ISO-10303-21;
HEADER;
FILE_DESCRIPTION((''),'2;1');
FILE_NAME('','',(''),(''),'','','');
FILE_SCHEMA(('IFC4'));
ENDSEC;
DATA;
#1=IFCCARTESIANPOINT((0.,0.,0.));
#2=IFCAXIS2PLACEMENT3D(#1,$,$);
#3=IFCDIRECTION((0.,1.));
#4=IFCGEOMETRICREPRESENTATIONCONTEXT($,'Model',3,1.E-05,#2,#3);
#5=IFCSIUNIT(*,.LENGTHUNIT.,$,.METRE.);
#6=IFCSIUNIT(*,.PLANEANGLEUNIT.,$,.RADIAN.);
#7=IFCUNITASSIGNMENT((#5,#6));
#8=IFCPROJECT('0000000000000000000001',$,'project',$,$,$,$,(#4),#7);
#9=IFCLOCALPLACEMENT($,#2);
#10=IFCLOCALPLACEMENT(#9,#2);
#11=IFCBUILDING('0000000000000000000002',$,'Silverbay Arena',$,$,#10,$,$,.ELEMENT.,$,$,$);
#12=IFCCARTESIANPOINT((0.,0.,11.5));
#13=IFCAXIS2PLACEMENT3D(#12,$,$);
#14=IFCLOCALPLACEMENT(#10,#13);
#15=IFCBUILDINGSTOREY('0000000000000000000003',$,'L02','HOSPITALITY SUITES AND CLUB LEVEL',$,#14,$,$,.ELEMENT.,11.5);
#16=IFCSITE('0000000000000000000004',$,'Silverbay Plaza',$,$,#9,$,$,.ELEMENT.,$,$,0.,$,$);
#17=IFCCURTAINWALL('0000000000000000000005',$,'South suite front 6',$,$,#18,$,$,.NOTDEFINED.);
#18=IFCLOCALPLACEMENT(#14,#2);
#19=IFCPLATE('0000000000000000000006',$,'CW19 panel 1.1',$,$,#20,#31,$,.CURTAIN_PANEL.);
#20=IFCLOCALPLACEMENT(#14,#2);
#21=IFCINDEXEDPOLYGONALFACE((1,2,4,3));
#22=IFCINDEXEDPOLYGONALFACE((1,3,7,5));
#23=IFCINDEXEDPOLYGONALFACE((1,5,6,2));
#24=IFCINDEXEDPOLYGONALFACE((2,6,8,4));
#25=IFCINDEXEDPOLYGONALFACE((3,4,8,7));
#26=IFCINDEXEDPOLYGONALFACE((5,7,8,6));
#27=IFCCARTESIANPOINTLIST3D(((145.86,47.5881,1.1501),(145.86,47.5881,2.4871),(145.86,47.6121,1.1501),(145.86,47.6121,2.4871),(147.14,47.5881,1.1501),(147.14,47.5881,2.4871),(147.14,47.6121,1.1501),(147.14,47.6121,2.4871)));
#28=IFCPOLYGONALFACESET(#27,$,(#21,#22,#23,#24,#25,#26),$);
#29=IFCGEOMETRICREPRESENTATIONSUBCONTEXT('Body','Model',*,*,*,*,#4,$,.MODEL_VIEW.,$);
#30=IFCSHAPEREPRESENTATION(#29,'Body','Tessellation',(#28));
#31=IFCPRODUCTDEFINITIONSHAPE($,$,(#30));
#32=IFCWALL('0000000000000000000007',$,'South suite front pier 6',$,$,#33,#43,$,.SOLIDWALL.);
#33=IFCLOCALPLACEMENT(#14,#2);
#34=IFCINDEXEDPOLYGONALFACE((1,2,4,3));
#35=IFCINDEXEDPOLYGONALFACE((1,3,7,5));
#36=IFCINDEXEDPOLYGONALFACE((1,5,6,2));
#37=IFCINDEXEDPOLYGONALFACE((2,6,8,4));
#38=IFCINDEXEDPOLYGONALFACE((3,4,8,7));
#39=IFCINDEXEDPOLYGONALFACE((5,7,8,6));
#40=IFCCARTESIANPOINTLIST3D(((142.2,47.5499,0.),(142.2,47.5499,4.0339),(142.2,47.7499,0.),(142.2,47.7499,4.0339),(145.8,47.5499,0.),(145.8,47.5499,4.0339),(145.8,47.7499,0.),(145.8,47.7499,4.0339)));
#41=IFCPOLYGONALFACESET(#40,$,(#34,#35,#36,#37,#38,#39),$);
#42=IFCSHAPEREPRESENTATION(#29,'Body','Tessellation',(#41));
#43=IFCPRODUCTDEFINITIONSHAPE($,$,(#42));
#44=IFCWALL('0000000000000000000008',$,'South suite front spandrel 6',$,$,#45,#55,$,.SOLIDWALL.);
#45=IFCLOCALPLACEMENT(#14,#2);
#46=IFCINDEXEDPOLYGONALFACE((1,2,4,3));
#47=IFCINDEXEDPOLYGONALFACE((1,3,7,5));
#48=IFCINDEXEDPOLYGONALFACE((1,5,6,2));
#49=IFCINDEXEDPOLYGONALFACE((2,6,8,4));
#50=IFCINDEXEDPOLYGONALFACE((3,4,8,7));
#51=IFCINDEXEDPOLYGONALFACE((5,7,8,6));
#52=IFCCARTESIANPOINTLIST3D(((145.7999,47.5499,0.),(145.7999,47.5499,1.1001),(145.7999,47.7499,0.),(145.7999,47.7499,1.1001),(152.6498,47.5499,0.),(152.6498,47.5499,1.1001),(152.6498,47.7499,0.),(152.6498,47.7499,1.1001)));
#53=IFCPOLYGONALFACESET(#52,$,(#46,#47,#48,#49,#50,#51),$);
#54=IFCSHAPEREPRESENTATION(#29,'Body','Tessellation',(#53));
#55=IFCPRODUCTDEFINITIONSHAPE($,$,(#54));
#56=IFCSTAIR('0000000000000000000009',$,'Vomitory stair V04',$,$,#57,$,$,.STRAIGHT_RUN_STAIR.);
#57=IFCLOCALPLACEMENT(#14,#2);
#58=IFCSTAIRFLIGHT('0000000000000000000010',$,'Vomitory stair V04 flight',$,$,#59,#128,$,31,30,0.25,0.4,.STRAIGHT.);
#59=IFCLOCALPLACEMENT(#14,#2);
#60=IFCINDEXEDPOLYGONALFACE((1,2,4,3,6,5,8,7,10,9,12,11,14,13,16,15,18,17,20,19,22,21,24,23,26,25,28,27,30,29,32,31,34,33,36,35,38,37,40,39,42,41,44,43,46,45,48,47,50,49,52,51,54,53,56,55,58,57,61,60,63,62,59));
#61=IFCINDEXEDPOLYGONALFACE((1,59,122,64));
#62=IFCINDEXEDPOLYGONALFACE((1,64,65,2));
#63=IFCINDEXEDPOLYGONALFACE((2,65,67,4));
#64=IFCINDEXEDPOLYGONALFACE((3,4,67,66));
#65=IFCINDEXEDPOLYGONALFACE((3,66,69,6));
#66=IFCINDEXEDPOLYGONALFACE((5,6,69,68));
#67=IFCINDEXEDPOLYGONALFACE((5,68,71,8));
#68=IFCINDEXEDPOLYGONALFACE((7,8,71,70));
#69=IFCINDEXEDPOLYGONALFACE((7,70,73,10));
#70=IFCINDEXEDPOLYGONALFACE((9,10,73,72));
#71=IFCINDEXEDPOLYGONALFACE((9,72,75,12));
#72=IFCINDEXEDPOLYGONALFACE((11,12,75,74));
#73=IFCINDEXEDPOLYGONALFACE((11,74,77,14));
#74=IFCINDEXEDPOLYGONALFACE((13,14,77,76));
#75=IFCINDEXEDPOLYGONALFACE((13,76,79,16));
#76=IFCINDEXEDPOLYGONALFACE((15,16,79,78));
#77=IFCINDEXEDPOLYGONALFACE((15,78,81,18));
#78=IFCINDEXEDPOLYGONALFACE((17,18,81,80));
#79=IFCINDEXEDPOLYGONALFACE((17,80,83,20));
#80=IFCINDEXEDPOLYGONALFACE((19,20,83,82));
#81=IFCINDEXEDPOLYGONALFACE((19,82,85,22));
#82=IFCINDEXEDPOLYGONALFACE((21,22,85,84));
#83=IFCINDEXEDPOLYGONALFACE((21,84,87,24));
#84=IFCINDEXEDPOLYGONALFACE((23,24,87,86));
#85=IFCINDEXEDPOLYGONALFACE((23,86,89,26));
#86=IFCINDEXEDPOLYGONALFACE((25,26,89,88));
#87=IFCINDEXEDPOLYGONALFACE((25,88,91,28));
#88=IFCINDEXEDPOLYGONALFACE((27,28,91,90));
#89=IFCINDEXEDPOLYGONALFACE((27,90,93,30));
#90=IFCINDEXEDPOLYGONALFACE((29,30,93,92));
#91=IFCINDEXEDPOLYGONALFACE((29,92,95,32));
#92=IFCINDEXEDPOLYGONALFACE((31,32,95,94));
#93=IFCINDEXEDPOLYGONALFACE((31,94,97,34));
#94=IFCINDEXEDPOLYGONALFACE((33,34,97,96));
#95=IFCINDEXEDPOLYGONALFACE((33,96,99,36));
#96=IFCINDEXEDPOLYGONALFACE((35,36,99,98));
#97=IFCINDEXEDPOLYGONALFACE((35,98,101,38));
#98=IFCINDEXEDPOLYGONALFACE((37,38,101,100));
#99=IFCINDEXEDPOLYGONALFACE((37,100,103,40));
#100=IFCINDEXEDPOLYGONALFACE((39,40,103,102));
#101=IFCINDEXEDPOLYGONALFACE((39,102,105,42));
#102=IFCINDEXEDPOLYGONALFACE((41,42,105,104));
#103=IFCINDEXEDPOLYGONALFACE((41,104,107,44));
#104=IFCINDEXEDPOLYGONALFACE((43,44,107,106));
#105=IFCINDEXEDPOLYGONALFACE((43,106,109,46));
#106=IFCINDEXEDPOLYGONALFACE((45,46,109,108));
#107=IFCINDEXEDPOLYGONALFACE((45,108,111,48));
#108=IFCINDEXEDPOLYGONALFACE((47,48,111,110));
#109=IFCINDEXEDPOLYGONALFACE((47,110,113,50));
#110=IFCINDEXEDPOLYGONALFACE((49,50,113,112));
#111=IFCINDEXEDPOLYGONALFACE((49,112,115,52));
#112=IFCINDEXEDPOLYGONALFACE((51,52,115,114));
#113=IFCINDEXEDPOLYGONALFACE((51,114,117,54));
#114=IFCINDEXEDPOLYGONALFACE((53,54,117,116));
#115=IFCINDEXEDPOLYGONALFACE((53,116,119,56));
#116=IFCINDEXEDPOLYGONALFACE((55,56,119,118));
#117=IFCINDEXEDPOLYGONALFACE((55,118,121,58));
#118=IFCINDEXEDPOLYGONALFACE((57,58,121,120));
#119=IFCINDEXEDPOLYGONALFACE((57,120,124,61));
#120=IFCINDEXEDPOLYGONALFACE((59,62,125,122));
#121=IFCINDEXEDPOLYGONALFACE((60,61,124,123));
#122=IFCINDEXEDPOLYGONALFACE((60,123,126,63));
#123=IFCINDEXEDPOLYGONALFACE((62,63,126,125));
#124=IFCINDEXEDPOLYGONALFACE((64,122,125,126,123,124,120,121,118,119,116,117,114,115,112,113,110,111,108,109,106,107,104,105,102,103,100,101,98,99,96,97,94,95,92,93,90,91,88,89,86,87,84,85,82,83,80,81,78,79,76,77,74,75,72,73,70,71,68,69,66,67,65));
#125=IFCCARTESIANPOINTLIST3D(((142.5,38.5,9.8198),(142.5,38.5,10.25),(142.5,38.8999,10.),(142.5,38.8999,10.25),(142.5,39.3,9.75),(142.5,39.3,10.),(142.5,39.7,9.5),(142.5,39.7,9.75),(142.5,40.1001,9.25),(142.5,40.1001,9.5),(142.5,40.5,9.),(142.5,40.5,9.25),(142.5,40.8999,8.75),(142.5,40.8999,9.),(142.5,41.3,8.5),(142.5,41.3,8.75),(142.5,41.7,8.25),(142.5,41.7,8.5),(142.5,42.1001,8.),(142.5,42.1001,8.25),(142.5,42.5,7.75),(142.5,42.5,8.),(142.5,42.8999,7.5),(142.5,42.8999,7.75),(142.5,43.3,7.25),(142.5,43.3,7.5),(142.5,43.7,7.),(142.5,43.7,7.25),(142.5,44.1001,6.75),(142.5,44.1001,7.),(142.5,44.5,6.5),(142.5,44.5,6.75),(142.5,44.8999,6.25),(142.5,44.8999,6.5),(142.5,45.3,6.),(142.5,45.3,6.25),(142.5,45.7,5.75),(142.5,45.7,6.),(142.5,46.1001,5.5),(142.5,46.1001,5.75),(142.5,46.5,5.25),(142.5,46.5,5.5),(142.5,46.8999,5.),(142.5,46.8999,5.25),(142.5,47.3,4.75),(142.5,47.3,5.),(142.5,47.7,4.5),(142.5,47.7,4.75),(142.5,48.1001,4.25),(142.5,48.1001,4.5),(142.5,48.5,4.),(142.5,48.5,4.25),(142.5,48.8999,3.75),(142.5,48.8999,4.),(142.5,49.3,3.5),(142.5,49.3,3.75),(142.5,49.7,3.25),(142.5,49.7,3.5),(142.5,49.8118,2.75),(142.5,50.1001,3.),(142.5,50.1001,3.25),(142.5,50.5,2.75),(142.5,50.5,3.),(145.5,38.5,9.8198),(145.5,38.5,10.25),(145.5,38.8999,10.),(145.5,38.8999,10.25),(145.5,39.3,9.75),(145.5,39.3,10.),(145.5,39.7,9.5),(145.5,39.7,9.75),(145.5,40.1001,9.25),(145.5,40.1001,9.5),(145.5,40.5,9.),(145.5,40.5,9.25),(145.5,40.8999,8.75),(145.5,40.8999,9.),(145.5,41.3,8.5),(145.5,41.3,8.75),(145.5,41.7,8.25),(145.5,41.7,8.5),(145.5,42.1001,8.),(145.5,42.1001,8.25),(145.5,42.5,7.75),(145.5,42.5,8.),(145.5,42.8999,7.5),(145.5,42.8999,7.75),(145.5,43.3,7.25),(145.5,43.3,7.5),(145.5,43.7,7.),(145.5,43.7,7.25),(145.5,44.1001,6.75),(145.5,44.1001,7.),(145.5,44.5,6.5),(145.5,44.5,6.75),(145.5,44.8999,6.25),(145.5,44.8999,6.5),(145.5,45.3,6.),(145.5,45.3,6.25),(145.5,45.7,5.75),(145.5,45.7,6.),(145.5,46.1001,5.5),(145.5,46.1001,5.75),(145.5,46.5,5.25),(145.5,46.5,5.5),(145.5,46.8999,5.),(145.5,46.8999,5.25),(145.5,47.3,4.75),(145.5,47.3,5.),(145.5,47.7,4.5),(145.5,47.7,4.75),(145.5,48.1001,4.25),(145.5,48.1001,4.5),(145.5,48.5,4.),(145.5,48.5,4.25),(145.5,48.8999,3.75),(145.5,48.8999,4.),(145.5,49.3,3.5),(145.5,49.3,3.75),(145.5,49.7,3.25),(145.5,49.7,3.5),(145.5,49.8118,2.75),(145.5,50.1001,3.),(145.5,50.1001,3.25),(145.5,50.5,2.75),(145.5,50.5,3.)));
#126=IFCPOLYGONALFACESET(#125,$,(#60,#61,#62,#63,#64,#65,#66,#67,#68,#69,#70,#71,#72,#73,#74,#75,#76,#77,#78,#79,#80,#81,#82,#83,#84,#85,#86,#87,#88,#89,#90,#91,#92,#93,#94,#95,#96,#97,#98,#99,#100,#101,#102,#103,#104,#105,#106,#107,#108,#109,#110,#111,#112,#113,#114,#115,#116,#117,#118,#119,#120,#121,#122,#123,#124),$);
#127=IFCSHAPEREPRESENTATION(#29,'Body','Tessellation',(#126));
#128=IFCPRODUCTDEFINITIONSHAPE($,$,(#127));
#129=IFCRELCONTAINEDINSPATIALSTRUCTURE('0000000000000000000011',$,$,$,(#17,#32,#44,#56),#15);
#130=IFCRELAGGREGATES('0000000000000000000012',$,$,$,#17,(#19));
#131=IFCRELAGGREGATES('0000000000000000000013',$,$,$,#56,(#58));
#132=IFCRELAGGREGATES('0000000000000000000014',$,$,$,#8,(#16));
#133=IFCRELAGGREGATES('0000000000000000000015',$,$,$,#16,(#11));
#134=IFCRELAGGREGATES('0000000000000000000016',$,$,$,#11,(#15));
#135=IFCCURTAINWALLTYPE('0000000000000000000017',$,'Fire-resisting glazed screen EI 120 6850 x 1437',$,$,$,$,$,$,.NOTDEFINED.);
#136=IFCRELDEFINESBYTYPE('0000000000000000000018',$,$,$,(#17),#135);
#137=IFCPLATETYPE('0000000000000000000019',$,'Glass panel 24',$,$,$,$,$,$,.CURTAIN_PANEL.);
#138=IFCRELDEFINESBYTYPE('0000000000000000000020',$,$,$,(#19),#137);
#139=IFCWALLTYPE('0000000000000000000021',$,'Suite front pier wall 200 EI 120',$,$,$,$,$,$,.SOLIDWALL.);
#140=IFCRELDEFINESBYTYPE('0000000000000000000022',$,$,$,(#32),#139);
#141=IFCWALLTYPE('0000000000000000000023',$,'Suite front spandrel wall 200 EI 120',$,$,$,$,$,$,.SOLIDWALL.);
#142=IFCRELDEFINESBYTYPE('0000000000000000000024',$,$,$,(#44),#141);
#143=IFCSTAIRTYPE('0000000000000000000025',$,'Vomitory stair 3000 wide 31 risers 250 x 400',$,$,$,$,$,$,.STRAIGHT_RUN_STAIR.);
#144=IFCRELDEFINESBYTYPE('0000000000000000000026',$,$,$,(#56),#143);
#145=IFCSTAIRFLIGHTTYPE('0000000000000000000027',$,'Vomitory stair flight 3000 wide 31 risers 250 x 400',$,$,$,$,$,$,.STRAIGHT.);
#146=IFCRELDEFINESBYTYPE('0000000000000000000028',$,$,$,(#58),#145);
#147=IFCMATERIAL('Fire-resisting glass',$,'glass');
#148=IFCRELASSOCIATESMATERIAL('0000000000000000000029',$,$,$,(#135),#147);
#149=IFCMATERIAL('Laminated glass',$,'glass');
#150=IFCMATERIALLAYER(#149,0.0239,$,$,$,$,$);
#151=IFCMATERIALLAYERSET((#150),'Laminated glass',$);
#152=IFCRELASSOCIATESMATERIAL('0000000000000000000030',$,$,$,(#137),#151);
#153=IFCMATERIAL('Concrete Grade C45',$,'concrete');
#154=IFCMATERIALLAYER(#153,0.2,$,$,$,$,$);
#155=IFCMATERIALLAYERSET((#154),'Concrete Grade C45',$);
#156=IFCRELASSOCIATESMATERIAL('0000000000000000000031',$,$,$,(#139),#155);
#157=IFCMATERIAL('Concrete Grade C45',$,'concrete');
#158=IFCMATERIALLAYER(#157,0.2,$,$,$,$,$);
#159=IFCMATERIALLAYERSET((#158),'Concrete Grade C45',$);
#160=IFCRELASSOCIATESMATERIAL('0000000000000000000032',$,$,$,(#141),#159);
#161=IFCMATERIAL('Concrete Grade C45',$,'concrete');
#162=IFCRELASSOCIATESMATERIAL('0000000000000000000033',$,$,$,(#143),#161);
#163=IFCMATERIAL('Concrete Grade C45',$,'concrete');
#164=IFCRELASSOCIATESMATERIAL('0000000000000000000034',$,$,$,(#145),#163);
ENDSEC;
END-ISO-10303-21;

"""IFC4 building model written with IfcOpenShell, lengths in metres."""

from ifc_helpers import new_model, si_unit, direction, frame, frame_2d, origin, origin_2d, place, context, subcontext, project, spatial, polyline, rectangle, outline, extrude, material, layer, layer_set, type_object, element, aggregate, save


model = new_model("IFC4")

# Units and contexts
model_context = context("Model", 3, precision=1e-05, world=origin(), true_north=direction((0.0, 1.0)))
body_context = subcontext(model_context, "Body", "Model", "MODEL_VIEW")
ifc_project = project(units=[si_unit("LENGTHUNIT", "METRE"), si_unit("PLANEANGLEUNIT", "RADIAN")], contexts=[model_context])

# Site, building, storey
site_placement = place(None, origin())
site = spatial("IfcSite", under=ifc_project, at=site_placement, Name="Silverbay Plaza", CompositionType="ELEMENT", RefElevation=0.0)
building_placement = place(site_placement, origin())
building = spatial("IfcBuilding", under=site, at=building_placement, Name="Silverbay Arena", CompositionType="ELEMENT")
storey_placement = place(building_placement, frame((0.0, 0.0, 11.5)))
storey = spatial("IfcBuildingStorey", under=building, at=storey_placement, Name="L02", Description="HOSPITALITY SUITES AND CLUB LEVEL", CompositionType="ELEMENT", Elevation=11.5)

# Curtain wall
ifc_material_1 = material(Name="Fire-resisting glass", Category="glass")
curtain_wall_type = type_object("IfcCurtainWallType", Name="Fire-resisting glazed screen EI 120 6850 x 1437", PredefinedType="NOTDEFINED", material=ifc_material_1)
curtain_wall_1_placement = place(storey_placement, origin())
curtain_wall_1 = element("IfcCurtainWall", 1, at=curtain_wall_1_placement, inside=storey, type_object=curtain_wall_type, Name="South suite front 6", PredefinedType="NOTDEFINED")

# Plate
ifc_material_2 = material(Name="Laminated glass", Category="glass")
ifc_layer_1 = layer(ifc_material_2, 0.0239)
ifc_layer_set_1 = layer_set([ifc_layer_1], Name="Laminated glass")
plate_type = type_object("IfcPlateType", Name="Glass panel 24", PredefinedType="CURTAIN_PANEL", material=ifc_layer_set_1)
plate_1_placement = place(storey_placement, frame((146.5, 47.6001, 1.1501), z_axis=(0.0, 0.0, 1.0), x_axis=(1.0, 0.0, 0.0)))
plate_1 = element("IfcPlate", 2, at=plate_1_placement, type_object=plate_type, Name="CW19 panel 1.1", PredefinedType="CURTAIN_PANEL", context=body_context, shape_type="SweptSolid", body=[
    extrude(rectangle(XDim=1.28, YDim=0.0239, at=origin_2d()), origin(), (0.0, 0.0, 1.0), 1.3369),
])
aggregate(curtain_wall_1, [plate_1])

# Walls
ifc_material_3 = material(Name="Concrete Grade C45", Category="concrete")
ifc_layer_2 = layer(ifc_material_3, 0.2)
ifc_layer_set_2 = layer_set([ifc_layer_2], Name="Concrete Grade C45")
wall_type_1 = type_object("IfcWallType", Name="Suite front pier wall 200 EI 120", PredefinedType="SOLIDWALL", material=ifc_layer_set_2)
wall_1_placement = place(storey_placement, frame((142.2, 47.6499, 0.0), z_axis=(0.0, 0.0, 1.0), x_axis=(1.0, 0.0, 0.0)))
element("IfcWall", 3, at=wall_1_placement, inside=storey, type_object=wall_type_1, Name="South suite front pier 6", PredefinedType="SOLIDWALL", context=body_context, shape_type="SweptSolid", body=[
    extrude(rectangle(XDim=3.6001, YDim=0.2, at=frame_2d((1.8, 0.0))), origin(), (0.0, 0.0, 1.0), 4.0339),
])
ifc_material_4 = material(Name="Concrete Grade C45", Category="concrete")
ifc_layer_3 = layer(ifc_material_4, 0.2)
ifc_layer_set_3 = layer_set([ifc_layer_3], Name="Concrete Grade C45")
wall_type_2 = type_object("IfcWallType", Name="Suite front spandrel wall 200 EI 120", PredefinedType="SOLIDWALL", material=ifc_layer_set_3)
wall_2_placement = place(storey_placement, frame((145.8, 47.6499, 0.0), z_axis=(0.0, 0.0, 1.0), x_axis=(1.0, 0.0, 0.0)))
element("IfcWall", 4, at=wall_2_placement, inside=storey, type_object=wall_type_2, Name="South suite front spandrel 6", PredefinedType="SOLIDWALL", context=body_context, shape_type="SweptSolid", body=[
    extrude(rectangle(XDim=6.8499, YDim=0.2, at=frame_2d((3.4248, 0.0))), origin(), (0.0, 0.0, 1.0), 1.1001),
])

# Stair, stair flight
ifc_material_5 = material(Name="Concrete Grade C45", Category="concrete")
stair_type = type_object("IfcStairType", Name="Vomitory stair 3000 wide 31 risers 250 x 400", PredefinedType="STRAIGHT_RUN_STAIR", material=ifc_material_5)
stair_placement = place(storey_placement, origin())
stair = element("IfcStair", 5, at=stair_placement, inside=storey, type_object=stair_type, Name="Vomitory stair V04", PredefinedType="STRAIGHT_RUN_STAIR")
ifc_material_6 = material(Name="Concrete Grade C45", Category="concrete")
stair_flight_type = type_object("IfcStairFlightType", Name="Vomitory stair flight 3000 wide 31 risers 250 x 400", PredefinedType="STRAIGHT", material=ifc_material_6)
stair_flight_placement = place(storey_placement, frame((144.0, 50.5, 2.75), z_axis=(0.0, 0.0, 1.0), x_axis=(0.0, -1.0, 0.0)))
stair_flight = element("IfcStairFlight", 6, at=stair_flight_placement, type_object=stair_flight_type, Name="Vomitory stair V04 flight", NumberOfRisers=31, NumberOfTreads=30, PredefinedType="STRAIGHT", RiserHeight=0.25, TreadLength=0.4, context=body_context, shape_type="SweptSolid", body=[
    extrude(outline(polyline([(0.0, 0.0), (0.0, 0.25), (0.3999, 0.25), (0.3999, 0.5), (0.8, 0.5), (0.8, 0.75), (1.2, 0.75), (1.2, 1.0), (1.6001, 1.0), (1.6001, 1.25), (2.0, 1.25), (2.0, 1.5), (2.3999, 1.5), (2.3999, 1.75), (2.8, 1.75), (2.8, 2.0), (3.2, 2.0), (3.2, 2.25), (3.6001, 2.25), (3.6001, 2.5), (4.0, 2.5), (4.0, 2.75), (4.3999, 2.75), (4.3999, 3.0), (4.8, 3.0), (4.8, 3.25), (5.2, 3.25), (5.2, 3.5), (5.6001, 3.5), (5.6001, 3.75), (6.0, 3.75), (6.0, 4.0), (6.3999, 4.0), (6.3999, 4.25), (6.8, 4.25), (6.8, 4.5), (7.2, 4.5), (7.2, 4.75), (7.6001, 4.75), (7.6001, 5.0), (8.0, 5.0), (8.0, 5.25), (8.3999, 5.25), (8.3999, 5.5), (8.8, 5.5), (8.8, 5.75), (9.2, 5.75), (9.2, 6.0), (9.6001, 6.0), (9.6001, 6.25), (10.0, 6.25), (10.0, 6.5), (10.3999, 6.5), (10.3999, 6.75), (10.8, 6.75), (10.8, 7.0), (11.2, 7.0), (11.2, 7.25), (11.6001, 7.25), (11.6001, 7.5), (12.0, 7.5), (12.0, 7.0698), (0.6882, 0.0), (0.0, 0.0)])), frame((0.0, 1.5, 0.0), z_axis=(0.0, -1.0, 0.0), x_axis=(1.0, 0.0, 0.0)), (0.0, 0.0, 1.0), 3.0),
])
aggregate(stair, [stair_flight])

save(model, "model.ifc")
